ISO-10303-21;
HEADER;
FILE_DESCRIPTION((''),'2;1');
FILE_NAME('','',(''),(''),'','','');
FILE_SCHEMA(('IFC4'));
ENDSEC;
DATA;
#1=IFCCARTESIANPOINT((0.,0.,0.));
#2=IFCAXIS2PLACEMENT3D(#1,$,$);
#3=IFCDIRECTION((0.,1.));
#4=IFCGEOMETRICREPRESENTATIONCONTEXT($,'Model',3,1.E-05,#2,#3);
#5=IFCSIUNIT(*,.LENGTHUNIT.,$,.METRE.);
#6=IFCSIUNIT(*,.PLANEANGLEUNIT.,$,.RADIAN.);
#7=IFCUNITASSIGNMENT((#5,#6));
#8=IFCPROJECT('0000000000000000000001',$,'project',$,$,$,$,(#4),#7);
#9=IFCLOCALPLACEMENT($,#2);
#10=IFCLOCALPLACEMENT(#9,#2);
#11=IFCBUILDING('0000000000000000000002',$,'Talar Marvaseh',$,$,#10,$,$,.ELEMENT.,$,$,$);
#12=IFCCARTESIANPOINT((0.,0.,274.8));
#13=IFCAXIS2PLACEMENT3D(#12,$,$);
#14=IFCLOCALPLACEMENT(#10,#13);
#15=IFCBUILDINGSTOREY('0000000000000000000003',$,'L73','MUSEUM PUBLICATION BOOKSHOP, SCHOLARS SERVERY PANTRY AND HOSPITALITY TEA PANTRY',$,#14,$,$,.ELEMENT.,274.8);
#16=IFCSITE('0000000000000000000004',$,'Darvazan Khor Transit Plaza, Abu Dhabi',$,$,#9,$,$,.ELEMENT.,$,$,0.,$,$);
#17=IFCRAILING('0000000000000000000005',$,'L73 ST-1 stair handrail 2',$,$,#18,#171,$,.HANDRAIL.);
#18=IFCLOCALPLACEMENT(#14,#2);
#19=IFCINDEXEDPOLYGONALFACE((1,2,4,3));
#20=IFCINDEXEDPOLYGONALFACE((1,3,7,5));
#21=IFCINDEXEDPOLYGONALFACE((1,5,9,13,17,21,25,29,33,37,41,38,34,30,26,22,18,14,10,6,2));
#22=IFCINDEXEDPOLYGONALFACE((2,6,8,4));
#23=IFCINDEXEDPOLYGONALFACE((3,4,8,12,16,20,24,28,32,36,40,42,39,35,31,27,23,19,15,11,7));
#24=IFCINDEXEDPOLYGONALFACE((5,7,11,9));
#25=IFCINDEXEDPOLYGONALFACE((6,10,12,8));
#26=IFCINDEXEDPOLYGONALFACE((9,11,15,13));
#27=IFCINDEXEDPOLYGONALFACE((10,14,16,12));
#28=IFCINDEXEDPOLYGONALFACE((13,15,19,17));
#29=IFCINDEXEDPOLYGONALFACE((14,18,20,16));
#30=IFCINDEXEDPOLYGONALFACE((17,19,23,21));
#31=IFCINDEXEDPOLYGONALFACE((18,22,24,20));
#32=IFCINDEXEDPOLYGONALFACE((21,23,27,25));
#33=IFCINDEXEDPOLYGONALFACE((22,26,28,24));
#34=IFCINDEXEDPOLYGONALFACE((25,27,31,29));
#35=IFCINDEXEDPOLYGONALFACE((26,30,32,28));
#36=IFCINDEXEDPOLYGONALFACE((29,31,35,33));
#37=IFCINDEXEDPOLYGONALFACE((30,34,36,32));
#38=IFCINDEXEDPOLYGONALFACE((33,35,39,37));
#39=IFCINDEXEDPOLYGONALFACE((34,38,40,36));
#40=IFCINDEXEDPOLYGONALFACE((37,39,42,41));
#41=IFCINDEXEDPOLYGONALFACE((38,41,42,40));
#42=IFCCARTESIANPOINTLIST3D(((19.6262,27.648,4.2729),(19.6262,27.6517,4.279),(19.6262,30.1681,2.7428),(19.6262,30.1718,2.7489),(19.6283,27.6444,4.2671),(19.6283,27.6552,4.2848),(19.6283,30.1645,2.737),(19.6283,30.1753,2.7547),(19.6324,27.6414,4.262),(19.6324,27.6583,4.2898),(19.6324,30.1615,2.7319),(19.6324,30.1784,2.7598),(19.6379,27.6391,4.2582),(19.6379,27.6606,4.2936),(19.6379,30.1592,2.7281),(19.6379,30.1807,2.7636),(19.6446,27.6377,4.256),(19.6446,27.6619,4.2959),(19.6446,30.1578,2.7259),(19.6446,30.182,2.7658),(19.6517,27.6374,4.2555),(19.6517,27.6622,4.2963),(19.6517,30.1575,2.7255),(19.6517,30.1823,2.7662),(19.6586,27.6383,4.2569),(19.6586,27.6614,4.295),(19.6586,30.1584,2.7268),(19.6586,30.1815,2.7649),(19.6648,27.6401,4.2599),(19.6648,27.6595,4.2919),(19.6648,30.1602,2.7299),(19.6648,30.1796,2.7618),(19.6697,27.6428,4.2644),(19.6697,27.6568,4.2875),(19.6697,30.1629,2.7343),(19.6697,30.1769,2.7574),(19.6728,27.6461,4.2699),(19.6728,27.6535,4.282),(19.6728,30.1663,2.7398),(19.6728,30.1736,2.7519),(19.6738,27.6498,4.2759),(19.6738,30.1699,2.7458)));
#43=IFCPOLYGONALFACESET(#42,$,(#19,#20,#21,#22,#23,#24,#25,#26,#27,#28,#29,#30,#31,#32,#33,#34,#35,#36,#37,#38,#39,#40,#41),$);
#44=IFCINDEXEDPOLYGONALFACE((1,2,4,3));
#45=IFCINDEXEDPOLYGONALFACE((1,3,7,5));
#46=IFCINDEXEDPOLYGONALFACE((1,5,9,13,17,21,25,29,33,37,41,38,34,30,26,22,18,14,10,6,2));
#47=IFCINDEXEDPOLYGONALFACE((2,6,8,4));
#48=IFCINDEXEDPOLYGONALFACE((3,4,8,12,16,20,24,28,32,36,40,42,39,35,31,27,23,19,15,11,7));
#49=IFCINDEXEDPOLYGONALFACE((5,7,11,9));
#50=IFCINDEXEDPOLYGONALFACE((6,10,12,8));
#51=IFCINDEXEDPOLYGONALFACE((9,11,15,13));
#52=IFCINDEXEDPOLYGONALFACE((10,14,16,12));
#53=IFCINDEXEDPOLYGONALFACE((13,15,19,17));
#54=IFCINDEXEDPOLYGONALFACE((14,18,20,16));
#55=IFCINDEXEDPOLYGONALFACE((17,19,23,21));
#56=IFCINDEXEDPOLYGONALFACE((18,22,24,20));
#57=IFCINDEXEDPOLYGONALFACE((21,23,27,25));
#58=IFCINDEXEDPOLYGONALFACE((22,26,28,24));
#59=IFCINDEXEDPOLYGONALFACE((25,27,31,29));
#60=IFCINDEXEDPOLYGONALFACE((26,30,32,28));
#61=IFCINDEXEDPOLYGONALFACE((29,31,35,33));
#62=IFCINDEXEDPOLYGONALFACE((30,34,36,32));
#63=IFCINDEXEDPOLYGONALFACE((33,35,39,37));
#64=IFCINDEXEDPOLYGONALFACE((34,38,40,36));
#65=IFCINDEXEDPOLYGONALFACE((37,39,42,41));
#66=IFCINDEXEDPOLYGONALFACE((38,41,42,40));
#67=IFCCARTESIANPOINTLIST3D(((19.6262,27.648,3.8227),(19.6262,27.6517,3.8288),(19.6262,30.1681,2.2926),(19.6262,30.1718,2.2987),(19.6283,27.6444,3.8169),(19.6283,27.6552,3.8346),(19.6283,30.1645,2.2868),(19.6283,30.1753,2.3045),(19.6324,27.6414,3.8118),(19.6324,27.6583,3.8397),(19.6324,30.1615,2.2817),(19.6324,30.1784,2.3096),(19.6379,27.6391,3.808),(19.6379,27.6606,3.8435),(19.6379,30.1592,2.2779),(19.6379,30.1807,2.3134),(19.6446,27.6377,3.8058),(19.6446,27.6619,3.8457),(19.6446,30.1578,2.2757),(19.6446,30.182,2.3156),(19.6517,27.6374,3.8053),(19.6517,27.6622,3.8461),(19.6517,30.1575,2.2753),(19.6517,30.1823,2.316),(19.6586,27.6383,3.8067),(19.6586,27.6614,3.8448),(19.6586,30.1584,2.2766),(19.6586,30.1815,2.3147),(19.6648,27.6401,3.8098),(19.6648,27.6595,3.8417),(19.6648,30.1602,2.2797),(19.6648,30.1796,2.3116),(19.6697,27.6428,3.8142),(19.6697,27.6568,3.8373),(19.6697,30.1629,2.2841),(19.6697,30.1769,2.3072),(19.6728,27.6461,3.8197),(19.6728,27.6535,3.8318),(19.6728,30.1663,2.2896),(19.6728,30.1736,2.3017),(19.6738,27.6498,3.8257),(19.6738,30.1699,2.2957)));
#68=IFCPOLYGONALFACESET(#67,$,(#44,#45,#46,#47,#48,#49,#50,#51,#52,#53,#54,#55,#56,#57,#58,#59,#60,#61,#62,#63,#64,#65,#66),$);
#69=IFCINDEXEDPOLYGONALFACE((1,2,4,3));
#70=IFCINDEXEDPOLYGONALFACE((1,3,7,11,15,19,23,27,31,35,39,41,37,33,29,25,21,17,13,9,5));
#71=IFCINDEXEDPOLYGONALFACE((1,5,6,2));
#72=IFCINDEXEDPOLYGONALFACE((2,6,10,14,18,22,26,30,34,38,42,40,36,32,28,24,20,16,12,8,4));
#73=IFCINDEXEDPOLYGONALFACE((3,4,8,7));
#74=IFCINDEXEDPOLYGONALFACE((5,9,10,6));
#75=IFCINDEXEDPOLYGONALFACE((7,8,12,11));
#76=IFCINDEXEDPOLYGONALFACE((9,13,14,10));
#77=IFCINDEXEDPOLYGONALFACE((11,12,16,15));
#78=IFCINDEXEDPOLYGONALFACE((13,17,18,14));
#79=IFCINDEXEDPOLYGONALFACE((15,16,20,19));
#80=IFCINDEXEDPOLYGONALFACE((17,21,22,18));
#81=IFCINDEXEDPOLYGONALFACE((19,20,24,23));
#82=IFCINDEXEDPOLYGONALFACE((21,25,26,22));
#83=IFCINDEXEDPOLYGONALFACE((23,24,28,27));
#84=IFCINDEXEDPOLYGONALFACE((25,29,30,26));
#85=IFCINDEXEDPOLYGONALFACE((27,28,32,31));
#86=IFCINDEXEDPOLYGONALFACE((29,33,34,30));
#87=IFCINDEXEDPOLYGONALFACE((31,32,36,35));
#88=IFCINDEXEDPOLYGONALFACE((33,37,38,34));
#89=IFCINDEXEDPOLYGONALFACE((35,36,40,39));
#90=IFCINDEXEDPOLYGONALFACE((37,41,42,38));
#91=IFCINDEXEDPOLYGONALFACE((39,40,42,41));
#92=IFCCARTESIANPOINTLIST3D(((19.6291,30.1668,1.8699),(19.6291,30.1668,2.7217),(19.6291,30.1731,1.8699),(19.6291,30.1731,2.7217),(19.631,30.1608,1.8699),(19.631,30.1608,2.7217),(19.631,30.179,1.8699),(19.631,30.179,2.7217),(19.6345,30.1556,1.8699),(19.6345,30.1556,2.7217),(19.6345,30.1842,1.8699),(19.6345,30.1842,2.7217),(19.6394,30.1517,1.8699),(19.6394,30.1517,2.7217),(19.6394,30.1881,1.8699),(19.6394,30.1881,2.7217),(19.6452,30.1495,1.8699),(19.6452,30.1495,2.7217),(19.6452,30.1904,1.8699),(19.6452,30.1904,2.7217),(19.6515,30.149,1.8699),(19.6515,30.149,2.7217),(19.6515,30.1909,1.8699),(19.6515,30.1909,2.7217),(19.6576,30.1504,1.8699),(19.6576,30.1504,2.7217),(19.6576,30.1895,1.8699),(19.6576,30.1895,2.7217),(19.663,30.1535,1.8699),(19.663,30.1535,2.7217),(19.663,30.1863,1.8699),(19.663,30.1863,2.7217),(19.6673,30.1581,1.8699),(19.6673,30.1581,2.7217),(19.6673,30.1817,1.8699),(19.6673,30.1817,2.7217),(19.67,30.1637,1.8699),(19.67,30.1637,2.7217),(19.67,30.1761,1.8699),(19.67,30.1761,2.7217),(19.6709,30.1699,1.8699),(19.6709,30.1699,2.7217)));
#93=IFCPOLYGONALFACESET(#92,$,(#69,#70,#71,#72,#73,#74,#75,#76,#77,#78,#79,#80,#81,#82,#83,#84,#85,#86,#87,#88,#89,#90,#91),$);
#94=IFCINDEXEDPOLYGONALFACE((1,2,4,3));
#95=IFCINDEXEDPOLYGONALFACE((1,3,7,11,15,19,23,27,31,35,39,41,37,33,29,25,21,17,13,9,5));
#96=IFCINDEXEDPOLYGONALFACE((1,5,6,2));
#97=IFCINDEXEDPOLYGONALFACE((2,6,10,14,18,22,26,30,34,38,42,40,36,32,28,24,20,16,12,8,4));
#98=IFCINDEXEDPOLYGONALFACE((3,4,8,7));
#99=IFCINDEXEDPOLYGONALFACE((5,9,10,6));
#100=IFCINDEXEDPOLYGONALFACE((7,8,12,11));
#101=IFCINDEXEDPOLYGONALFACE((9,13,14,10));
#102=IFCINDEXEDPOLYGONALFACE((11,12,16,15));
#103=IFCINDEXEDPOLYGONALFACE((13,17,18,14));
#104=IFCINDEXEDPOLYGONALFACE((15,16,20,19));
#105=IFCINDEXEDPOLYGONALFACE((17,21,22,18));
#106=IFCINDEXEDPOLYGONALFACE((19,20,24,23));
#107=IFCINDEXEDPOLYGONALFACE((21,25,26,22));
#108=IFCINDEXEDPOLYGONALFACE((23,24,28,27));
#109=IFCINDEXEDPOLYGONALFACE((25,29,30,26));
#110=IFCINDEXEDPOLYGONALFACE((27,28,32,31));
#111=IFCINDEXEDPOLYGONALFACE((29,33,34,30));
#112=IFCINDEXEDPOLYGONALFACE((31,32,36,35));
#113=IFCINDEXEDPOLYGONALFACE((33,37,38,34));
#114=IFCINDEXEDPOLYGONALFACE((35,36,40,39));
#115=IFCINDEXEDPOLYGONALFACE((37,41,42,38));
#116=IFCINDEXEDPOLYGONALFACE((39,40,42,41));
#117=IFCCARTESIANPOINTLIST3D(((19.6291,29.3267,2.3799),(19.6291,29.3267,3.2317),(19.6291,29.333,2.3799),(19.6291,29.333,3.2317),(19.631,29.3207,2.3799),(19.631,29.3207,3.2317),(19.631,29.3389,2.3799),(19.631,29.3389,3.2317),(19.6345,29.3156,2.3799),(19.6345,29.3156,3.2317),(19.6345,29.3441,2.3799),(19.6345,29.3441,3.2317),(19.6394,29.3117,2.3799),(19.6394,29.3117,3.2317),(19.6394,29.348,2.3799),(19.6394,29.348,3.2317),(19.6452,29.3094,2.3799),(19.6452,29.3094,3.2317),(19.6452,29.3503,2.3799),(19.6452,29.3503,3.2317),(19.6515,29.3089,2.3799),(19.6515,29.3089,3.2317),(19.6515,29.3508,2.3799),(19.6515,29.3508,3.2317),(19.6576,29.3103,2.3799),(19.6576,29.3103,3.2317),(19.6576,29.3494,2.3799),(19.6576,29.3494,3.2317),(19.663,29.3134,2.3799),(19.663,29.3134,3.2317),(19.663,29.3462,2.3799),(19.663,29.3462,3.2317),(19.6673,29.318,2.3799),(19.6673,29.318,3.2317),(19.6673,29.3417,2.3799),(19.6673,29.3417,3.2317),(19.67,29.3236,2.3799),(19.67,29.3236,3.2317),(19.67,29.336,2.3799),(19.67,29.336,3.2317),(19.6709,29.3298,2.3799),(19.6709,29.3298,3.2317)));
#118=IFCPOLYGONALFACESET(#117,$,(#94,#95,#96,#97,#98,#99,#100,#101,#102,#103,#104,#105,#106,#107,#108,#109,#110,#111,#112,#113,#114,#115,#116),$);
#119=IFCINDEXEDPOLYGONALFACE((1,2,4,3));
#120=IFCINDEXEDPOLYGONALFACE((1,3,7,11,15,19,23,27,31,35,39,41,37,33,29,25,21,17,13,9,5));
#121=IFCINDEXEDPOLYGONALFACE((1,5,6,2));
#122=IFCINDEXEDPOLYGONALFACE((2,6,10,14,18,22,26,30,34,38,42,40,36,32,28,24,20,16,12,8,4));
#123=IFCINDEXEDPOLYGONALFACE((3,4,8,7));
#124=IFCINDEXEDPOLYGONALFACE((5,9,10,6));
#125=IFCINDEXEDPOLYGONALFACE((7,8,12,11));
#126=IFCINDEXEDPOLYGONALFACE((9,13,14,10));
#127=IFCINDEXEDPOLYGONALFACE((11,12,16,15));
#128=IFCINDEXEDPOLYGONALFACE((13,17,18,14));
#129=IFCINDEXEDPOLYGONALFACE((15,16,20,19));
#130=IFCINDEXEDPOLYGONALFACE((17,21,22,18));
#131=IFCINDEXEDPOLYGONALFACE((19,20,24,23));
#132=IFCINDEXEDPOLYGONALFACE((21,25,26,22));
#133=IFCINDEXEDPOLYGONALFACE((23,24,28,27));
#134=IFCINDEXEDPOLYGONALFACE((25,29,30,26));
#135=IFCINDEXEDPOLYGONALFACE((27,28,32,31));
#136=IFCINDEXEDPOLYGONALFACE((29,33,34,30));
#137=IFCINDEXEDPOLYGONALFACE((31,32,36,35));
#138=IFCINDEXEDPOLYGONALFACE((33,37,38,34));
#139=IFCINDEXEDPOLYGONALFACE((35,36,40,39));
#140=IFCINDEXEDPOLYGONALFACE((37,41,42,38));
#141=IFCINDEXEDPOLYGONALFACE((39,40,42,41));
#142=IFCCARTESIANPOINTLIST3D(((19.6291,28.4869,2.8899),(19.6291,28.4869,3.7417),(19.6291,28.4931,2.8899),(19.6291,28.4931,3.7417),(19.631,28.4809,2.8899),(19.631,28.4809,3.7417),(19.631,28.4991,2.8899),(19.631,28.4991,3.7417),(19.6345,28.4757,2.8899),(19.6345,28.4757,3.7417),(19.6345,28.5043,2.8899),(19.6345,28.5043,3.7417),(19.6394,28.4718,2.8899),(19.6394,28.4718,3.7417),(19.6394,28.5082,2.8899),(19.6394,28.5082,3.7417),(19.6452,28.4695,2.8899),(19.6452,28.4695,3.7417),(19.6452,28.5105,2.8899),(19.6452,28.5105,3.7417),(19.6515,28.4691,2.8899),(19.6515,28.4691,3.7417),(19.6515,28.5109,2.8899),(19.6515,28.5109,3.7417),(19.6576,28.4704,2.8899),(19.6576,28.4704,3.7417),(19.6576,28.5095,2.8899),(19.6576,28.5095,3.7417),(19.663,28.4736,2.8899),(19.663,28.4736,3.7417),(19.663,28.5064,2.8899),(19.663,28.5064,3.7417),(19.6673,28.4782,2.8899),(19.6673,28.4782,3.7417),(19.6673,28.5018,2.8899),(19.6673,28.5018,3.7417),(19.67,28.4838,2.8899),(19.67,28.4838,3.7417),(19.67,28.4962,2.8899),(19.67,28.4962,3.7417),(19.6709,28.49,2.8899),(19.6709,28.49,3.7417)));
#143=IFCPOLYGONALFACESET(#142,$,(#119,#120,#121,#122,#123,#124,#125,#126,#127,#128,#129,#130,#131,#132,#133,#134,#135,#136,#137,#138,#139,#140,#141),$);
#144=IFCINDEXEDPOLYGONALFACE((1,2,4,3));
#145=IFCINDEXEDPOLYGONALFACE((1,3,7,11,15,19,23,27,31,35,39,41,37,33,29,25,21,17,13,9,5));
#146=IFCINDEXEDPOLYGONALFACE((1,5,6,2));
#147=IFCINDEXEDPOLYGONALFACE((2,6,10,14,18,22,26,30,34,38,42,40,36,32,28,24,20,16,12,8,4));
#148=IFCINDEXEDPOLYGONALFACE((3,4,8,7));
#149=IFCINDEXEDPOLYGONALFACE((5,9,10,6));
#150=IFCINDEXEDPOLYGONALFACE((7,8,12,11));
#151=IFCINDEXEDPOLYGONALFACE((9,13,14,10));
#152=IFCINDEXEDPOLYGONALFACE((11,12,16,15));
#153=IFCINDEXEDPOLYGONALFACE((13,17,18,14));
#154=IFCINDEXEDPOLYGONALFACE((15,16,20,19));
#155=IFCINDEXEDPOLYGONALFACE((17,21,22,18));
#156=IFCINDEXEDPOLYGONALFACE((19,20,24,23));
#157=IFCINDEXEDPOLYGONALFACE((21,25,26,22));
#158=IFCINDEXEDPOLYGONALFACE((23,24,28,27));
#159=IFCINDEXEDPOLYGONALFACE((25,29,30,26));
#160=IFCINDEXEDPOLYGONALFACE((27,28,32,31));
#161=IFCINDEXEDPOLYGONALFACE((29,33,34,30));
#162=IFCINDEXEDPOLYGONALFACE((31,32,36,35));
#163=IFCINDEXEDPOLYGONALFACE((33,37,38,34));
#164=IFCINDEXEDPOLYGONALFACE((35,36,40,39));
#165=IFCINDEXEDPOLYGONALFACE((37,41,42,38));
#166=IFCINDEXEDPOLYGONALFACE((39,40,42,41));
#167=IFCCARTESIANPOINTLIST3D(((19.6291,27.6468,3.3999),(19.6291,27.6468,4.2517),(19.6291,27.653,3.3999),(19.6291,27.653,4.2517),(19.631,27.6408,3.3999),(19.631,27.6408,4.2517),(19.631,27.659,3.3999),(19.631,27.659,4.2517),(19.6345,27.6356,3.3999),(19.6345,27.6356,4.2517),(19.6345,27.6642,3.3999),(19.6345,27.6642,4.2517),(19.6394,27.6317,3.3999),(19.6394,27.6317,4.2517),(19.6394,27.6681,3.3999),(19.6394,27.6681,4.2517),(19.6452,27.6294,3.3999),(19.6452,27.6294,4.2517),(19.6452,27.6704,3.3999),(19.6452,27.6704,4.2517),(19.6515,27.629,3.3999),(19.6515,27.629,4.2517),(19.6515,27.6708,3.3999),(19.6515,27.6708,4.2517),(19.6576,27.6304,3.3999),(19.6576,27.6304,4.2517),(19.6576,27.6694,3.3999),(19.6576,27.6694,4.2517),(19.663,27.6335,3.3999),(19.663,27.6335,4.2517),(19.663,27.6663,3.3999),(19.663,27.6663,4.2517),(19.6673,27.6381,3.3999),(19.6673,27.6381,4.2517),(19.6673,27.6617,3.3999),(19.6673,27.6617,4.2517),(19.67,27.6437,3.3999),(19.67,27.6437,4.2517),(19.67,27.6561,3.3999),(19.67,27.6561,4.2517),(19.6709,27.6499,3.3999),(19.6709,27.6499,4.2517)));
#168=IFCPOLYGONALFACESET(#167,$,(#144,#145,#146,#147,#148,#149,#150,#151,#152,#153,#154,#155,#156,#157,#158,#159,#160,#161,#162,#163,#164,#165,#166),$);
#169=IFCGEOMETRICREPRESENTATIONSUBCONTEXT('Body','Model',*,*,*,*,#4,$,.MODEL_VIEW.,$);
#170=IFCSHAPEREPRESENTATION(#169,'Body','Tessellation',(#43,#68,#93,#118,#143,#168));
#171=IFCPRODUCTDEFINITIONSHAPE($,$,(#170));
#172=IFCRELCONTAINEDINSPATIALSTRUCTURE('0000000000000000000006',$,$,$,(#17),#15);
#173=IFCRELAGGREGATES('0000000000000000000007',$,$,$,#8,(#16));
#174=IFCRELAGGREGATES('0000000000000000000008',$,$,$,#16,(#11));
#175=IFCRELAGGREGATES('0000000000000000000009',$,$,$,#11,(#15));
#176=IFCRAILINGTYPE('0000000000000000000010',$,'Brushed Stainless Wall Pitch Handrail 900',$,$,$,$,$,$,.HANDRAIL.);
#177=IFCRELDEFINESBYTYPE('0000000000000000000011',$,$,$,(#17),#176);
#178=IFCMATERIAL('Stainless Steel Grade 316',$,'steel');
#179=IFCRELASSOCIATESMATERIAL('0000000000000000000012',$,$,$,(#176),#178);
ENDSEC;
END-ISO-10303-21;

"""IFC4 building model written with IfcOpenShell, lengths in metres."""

from ifc_helpers import new_model, si_unit, direction, frame, origin, origin_2d, place, context, subcontext, project, spatial, circle, extrude, material, type_object, element, save


model = new_model("IFC4")

# Units and contexts
model_context = context("Model", 3, precision=1e-05, world=origin(), true_north=direction((0.0, 1.0)))
body_context = subcontext(model_context, "Body", "Model", "MODEL_VIEW")
ifc_project = project(units=[si_unit("LENGTHUNIT", "METRE"), si_unit("PLANEANGLEUNIT", "RADIAN")], contexts=[model_context])

# Site, building, storey
site_placement = place(None, origin())
site = spatial("IfcSite", under=ifc_project, at=site_placement, Name="Darvazan Khor Transit Plaza, Abu Dhabi", CompositionType="ELEMENT", RefElevation=0.0)
building_placement = place(site_placement, origin())
building = spatial("IfcBuilding", under=site, at=building_placement, Name="Talar Marvaseh", CompositionType="ELEMENT")
storey_placement = place(building_placement, frame((0.0, 0.0, 274.8)))
storey = spatial("IfcBuildingStorey", under=building, at=storey_placement, Name="L73", Description="MUSEUM PUBLICATION BOOKSHOP, SCHOLARS SERVERY PANTRY AND HOSPITALITY TEA PANTRY", CompositionType="ELEMENT", Elevation=274.8)

# Railing
ifc_material_1 = material(Name="Stainless Steel Grade 316", Category="steel")
railing_type_1 = type_object("IfcRailingType", Name="Brushed Stainless Wall Pitch Handrail 900", PredefinedType="HANDRAIL", material=ifc_material_1)
railing_1_placement = place(storey_placement, frame((19.6499, 30.1699, 1.8699)))
element("IfcRailing", 1, at=railing_1_placement, inside=storey, type_object=railing_type_1, Name="L73 ST-1 stair handrail 2", PredefinedType="HANDRAIL", context=body_context, shape_type="SweptSolid", body=[
    extrude(circle(Radius=0.0239, at=origin_2d()), frame((0.0, 0.0, 0.876), z_axis=(0.0, -0.854785, 0.518982), x_axis=(1.0, 0.0, 0.0)), (0.0, 0.0, 1.0), 2.9482),
    extrude(circle(Radius=0.0239, at=origin_2d()), frame((0.0, 0.0, 0.4258), z_axis=(0.0, -0.854785, 0.518982), x_axis=(1.0, 0.0, 0.0)), (0.0, 0.0, 1.0), 2.9482),
    extrude(circle(Radius=0.021, at=origin_2d()), origin(), (0.0, 0.0, 1.0), 0.8518),
    extrude(circle(Radius=0.021, at=origin_2d()), frame((0.0, -0.8401, 0.51)), (0.0, 0.0, 1.0), 0.8518),
    extrude(circle(Radius=0.021, at=origin_2d()), frame((0.0, -1.6799, 1.02)), (0.0, 0.0, 1.0), 0.8518),
    extrude(circle(Radius=0.021, at=origin_2d()), frame((0.0, -2.52, 1.53)), (0.0, 0.0, 1.0), 0.8518),
])

save(model, "model.ifc")
